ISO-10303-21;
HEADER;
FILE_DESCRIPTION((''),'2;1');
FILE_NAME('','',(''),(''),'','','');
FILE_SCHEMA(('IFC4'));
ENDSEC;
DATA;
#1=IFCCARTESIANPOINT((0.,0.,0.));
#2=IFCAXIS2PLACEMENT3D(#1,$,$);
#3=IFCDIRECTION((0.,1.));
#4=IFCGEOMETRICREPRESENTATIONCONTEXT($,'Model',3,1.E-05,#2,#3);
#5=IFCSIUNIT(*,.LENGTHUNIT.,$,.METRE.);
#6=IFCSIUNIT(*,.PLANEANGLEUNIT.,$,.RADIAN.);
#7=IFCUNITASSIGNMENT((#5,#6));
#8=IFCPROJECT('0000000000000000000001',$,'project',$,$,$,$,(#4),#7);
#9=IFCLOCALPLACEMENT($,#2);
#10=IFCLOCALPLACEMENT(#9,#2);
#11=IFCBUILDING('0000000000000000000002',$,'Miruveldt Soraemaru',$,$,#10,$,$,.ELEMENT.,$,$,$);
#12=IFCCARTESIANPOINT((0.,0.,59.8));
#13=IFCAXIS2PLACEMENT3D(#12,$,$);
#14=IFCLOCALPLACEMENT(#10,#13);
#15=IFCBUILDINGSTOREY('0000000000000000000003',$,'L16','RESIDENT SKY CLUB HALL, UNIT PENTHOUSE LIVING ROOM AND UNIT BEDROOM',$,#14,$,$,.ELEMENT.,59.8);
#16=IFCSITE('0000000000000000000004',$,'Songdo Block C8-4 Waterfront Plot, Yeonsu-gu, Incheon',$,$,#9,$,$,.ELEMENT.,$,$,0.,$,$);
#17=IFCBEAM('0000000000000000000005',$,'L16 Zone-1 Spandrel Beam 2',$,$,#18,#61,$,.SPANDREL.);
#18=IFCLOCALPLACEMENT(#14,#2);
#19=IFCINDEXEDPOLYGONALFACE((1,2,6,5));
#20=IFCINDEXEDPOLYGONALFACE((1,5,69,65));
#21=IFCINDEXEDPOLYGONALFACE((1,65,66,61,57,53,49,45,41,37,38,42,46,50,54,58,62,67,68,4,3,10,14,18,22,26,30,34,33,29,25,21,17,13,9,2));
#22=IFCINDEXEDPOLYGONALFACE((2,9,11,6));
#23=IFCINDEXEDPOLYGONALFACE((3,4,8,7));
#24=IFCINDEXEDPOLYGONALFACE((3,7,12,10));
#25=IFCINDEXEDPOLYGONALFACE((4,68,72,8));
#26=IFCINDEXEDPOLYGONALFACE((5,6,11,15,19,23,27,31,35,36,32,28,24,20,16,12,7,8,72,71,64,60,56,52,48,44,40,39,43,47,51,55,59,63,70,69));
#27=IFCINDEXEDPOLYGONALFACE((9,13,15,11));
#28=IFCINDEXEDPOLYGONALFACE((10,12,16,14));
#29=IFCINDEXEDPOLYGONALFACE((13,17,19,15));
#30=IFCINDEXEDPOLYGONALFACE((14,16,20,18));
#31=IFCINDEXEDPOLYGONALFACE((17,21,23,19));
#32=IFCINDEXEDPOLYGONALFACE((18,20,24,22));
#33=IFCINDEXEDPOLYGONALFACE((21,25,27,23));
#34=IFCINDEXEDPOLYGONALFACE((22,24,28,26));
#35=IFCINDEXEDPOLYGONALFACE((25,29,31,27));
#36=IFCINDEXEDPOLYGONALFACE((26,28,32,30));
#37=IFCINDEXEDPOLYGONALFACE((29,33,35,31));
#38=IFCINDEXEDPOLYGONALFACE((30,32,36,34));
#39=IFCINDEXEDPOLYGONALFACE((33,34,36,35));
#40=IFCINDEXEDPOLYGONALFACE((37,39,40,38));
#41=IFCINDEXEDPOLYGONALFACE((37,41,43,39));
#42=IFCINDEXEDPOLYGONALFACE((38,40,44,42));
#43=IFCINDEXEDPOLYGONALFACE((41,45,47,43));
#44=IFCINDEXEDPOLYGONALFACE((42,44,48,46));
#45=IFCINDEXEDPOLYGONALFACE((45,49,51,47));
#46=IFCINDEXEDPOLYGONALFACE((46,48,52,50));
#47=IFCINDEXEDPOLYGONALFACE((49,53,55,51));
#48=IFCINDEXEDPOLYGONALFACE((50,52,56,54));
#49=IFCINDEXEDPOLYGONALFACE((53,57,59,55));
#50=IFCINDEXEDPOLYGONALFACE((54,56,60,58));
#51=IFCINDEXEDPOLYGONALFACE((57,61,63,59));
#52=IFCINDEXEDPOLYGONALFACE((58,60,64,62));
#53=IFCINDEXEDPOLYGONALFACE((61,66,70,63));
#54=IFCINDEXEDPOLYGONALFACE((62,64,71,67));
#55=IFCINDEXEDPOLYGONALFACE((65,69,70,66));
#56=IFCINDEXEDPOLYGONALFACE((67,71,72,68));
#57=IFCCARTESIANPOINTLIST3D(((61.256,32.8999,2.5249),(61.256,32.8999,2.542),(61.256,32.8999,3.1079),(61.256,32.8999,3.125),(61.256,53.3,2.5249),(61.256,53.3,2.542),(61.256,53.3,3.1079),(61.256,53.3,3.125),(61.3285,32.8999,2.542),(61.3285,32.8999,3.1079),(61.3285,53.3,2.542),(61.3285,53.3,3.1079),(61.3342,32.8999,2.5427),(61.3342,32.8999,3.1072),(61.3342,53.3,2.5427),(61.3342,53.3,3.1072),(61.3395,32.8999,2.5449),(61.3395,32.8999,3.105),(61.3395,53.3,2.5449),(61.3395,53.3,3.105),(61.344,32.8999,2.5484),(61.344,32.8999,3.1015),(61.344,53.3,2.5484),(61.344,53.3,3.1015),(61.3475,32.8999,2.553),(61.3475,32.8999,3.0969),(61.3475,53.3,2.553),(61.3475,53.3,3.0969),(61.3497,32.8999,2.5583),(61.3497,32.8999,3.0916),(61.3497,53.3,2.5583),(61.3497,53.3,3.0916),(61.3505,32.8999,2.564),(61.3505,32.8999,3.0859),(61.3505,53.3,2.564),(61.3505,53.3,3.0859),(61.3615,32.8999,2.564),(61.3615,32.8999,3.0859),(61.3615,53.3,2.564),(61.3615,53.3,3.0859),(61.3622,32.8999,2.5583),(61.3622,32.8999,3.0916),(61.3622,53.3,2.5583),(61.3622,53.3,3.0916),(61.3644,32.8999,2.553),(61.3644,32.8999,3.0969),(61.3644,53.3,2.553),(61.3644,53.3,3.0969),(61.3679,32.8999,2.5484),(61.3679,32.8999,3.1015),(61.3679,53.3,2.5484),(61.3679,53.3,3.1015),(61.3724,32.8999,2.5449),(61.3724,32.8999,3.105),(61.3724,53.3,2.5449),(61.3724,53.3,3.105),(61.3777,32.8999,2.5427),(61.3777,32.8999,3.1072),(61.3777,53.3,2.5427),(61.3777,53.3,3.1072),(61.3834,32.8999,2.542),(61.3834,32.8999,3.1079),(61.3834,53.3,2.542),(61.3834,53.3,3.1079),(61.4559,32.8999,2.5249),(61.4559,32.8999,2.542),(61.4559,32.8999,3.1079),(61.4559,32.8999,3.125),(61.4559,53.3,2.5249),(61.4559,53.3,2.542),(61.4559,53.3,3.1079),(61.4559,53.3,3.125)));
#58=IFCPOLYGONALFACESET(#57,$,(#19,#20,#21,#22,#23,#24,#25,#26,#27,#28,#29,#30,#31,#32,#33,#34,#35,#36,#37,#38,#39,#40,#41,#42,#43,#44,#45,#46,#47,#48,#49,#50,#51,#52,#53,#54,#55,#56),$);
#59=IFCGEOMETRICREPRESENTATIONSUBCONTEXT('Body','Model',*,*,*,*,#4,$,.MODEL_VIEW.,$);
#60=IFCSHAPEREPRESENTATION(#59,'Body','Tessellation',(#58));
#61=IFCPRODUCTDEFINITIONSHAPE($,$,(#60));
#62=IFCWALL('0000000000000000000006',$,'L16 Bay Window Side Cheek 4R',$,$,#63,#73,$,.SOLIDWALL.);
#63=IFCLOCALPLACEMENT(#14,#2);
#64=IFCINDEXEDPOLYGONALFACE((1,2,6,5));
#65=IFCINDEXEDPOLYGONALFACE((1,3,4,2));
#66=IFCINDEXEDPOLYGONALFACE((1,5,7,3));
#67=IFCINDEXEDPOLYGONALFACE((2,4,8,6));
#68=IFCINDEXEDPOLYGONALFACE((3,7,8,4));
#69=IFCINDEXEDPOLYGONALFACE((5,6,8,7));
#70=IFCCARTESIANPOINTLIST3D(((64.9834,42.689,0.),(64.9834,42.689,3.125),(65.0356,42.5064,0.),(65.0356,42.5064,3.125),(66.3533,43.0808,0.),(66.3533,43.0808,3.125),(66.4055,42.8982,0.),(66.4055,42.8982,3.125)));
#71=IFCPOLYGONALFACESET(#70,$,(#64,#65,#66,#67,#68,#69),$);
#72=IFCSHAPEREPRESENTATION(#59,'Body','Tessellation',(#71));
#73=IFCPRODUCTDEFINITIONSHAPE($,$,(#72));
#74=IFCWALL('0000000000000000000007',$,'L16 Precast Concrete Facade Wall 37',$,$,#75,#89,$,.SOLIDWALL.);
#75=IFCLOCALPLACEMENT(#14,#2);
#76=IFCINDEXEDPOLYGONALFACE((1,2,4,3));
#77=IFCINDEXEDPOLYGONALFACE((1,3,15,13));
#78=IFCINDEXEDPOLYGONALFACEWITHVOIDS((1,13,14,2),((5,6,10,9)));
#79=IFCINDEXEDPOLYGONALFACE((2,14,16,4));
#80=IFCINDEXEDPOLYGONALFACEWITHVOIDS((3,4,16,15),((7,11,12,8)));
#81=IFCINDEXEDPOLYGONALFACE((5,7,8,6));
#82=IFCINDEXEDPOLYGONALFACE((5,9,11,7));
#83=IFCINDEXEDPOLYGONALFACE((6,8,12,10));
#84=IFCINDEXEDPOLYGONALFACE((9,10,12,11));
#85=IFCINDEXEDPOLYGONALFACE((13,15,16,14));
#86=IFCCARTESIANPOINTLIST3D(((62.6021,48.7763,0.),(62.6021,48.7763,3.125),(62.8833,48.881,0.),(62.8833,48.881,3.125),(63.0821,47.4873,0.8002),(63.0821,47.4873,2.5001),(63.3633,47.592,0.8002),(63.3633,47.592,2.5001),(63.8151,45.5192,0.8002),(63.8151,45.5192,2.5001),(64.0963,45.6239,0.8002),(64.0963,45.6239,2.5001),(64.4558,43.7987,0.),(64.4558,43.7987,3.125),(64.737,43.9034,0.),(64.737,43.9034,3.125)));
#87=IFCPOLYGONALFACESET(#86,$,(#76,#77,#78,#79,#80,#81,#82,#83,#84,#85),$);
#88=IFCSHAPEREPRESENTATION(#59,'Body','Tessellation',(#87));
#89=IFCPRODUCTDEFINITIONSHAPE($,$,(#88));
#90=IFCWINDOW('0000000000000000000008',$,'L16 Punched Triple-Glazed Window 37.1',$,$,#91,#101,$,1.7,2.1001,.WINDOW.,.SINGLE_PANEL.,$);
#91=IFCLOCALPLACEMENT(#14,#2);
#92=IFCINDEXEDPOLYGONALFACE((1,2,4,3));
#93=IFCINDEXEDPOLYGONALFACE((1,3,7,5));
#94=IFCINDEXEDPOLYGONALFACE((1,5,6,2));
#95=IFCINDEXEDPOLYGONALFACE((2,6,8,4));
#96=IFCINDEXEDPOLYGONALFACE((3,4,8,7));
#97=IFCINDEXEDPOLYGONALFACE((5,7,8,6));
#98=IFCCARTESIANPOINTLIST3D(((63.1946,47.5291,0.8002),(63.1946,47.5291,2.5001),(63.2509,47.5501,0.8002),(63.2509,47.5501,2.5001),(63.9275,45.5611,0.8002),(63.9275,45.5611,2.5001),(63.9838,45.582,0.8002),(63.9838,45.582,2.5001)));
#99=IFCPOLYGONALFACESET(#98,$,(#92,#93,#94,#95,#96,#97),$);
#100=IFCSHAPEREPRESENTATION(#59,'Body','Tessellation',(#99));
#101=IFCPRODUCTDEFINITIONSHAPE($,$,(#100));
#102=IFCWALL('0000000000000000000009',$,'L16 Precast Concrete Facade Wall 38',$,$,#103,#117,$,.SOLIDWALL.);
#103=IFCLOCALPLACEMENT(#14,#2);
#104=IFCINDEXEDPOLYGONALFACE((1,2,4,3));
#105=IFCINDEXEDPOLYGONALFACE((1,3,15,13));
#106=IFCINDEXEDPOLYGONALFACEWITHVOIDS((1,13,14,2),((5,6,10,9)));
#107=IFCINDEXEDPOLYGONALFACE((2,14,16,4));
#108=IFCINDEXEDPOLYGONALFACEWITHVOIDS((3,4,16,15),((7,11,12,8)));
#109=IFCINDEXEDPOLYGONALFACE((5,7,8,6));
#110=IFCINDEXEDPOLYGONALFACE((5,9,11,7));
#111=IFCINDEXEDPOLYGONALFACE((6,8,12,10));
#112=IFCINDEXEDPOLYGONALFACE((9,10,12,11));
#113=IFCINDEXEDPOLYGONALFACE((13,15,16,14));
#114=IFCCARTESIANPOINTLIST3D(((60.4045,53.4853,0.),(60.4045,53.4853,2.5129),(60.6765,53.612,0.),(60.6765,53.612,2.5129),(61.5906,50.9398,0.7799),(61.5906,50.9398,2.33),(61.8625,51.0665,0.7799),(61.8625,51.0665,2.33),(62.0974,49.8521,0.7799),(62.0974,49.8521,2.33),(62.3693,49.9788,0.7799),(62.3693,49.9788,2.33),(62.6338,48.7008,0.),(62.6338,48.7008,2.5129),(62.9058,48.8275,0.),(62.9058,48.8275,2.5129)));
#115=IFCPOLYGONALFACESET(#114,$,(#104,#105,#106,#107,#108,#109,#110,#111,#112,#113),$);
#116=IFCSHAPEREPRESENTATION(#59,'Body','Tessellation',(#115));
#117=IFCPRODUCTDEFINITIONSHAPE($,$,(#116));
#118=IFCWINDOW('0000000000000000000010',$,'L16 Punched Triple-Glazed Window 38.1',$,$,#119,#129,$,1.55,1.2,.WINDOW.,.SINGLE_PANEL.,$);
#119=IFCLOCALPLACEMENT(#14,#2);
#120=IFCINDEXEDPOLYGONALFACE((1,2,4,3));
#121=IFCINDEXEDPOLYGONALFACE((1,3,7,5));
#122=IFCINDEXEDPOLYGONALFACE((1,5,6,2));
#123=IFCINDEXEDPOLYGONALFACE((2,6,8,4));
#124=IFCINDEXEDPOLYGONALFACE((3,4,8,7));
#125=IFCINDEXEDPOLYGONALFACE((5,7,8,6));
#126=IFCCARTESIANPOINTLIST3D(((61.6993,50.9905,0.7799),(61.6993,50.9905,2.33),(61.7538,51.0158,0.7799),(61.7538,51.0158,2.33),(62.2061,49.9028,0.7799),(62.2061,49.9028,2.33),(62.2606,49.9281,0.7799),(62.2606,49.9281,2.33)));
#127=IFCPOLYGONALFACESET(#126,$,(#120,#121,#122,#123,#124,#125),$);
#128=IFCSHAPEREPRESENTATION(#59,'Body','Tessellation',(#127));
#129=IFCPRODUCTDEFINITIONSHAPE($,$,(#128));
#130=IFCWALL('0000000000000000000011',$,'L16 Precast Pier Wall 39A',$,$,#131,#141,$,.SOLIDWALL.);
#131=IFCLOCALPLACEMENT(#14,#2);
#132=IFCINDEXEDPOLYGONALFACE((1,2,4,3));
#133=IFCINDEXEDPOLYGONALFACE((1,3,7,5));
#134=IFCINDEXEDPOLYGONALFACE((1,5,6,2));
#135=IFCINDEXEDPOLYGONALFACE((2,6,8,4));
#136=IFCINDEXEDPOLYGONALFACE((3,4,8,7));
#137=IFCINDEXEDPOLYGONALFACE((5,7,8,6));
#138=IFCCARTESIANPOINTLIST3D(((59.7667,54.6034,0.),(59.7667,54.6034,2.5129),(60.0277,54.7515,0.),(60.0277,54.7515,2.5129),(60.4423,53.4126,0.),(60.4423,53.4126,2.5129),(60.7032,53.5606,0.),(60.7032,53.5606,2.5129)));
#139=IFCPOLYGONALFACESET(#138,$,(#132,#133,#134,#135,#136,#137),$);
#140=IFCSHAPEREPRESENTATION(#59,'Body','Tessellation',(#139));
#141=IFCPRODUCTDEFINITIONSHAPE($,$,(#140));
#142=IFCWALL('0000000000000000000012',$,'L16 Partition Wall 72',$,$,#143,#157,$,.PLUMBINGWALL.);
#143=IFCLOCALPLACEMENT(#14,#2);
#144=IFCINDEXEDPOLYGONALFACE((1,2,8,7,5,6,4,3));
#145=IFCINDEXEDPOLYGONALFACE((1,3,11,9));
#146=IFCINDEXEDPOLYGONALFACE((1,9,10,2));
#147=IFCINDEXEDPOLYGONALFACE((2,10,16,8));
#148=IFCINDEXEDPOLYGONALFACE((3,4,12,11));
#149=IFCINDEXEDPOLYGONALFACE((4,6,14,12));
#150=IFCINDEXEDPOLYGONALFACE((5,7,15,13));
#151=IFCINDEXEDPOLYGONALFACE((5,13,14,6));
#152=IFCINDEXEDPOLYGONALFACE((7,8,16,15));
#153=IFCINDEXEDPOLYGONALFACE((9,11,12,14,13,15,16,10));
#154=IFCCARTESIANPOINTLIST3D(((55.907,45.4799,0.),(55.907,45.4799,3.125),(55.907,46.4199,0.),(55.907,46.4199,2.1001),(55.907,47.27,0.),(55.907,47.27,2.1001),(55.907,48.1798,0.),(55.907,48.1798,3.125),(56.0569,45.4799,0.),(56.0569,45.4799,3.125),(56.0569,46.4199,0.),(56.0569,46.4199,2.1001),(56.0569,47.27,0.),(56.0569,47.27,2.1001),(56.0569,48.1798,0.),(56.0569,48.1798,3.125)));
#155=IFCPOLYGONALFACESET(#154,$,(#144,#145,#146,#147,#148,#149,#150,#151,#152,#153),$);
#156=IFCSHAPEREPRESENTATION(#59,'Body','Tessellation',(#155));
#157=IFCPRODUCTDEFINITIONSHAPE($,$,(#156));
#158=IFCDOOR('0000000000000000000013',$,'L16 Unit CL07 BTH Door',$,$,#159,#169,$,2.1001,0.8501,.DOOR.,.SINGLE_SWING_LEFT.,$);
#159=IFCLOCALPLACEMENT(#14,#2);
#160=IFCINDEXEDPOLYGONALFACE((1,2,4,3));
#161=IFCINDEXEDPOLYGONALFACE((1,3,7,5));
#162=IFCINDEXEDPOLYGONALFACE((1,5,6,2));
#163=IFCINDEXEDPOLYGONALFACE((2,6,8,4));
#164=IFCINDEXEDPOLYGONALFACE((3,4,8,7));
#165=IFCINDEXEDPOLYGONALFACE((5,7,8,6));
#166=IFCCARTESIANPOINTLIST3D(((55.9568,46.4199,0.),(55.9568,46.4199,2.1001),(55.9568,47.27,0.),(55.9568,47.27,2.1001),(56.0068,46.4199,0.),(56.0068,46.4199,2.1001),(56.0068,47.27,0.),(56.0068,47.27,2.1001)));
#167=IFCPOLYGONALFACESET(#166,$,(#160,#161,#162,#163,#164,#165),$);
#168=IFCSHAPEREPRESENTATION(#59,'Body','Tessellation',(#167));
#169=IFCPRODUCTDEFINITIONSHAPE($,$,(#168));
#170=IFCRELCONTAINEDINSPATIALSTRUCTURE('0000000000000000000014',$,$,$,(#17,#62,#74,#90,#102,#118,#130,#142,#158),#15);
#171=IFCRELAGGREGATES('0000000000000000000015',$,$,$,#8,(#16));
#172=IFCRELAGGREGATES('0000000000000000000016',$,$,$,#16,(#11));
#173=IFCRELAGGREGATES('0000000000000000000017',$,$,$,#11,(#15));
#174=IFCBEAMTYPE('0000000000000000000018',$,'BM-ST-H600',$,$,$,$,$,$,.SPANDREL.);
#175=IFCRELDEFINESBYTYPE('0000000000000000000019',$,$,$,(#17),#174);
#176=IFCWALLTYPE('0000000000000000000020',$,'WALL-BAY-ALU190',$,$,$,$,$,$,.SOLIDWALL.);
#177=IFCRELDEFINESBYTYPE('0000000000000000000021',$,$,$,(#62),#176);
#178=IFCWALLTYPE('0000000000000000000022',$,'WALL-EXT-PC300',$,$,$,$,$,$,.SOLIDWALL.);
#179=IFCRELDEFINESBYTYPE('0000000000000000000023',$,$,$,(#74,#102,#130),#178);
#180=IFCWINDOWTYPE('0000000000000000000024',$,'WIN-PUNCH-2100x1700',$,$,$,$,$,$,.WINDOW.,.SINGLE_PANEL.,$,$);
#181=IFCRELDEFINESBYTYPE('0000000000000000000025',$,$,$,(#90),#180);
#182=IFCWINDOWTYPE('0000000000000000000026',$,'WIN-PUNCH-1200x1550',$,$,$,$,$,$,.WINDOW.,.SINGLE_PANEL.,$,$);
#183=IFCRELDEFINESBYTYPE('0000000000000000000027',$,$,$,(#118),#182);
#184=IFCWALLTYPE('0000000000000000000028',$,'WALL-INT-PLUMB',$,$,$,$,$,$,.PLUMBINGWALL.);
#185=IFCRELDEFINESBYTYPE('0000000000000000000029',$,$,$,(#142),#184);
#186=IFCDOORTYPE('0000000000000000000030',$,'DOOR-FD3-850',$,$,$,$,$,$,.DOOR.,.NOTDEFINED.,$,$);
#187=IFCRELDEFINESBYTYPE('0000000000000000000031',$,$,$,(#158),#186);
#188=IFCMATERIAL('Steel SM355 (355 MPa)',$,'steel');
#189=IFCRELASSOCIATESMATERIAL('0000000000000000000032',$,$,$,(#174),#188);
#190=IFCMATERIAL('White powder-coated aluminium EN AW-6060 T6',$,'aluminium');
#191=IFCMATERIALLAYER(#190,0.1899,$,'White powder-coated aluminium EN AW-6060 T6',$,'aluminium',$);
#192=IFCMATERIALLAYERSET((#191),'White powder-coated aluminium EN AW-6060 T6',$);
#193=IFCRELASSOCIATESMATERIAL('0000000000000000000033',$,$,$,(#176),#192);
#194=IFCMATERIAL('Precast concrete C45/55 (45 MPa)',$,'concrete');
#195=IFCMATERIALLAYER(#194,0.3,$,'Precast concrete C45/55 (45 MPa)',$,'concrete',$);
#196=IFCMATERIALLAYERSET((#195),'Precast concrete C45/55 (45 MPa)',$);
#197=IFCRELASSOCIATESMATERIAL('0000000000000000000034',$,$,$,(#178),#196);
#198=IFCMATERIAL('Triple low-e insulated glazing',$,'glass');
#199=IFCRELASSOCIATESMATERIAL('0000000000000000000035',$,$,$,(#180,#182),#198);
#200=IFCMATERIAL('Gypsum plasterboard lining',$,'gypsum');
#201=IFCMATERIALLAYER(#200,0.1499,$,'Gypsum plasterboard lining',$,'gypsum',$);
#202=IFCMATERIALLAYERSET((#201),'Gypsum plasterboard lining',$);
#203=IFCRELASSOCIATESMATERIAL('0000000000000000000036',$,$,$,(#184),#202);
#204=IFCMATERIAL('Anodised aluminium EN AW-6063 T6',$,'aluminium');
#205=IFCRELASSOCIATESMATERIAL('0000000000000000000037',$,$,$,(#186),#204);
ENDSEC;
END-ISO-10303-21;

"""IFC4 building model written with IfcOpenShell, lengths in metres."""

from ifc_helpers import new_model, si_unit, direction, frame, frame_2d, origin, origin_2d, place, context, subcontext, project, spatial, rectangle, i_section, extrude, material, layer, layer_set, material_profile, profile_set, type_object, element, fill, save


model = new_model("IFC4")

# Units and contexts
model_context = context("Model", 3, precision=1e-05, world=origin(), true_north=direction((0.0, 1.0)))
body_context = subcontext(model_context, "Body", "Model", "MODEL_VIEW")
ifc_project = project(units=[si_unit("LENGTHUNIT", "METRE"), si_unit("PLANEANGLEUNIT", "RADIAN")], contexts=[model_context])

# Site, building, storey
site_placement = place(None, origin())
site = spatial("IfcSite", under=ifc_project, at=site_placement, Name="Songdo Block C8-4 Waterfront Plot, Yeonsu-gu, Incheon", CompositionType="ELEMENT", RefElevation=0.0)
building_placement = place(site_placement, origin())
building = spatial("IfcBuilding", under=site, at=building_placement, Name="Miruveldt Soraemaru", CompositionType="ELEMENT")
storey_placement = place(building_placement, frame((0.0, 0.0, 59.8)))
storey = spatial("IfcBuildingStorey", under=building, at=storey_placement, Name="L16", Description="RESIDENT SKY CLUB HALL, UNIT PENTHOUSE LIVING ROOM AND UNIT BEDROOM", CompositionType="ELEMENT", Elevation=59.8)

# Beam
ifc_material_1 = material(Name="Steel SM355 (355 MPa)", Category="steel")
ifc_material_profile_1 = material_profile(ifc_material_1, i_section(OverallWidth=0.2, OverallDepth=0.6001, WebThickness=0.011, FlangeThickness=0.0171, FilletRadius=0.022, at=origin_2d()), Name="Steel SM355 (355 MPa)", Category="steel")
ifc_profile_set_1 = profile_set([ifc_material_profile_1], Name="Steel SM355 (355 MPa)")
beam_type_1 = type_object("IfcBeamType", Name="BM-ST-H600", PredefinedType="SPANDREL", material=ifc_profile_set_1)
beam_1_placement = place(storey_placement, frame((61.356, 53.3, 2.825), z_axis=(0.0, -1.0, 0.0), x_axis=(1.0, 0.0, 0.0)))
element("IfcBeam", 1, at=beam_1_placement, inside=storey, type_object=beam_type_1, Name="L16 Zone-1 Spandrel Beam 2", PredefinedType="SPANDREL", context=body_context, shape_type="SweptSolid", body=[
    extrude(i_section(OverallWidth=0.2, OverallDepth=0.6001, WebThickness=0.011, FlangeThickness=0.0171, FilletRadius=0.022, at=origin_2d()), origin(), (0.0, 0.0, 1.0), 20.4001),
])

# Wall
ifc_material_2 = material(Name="White powder-coated aluminium EN AW-6060 T6", Category="aluminium")
ifc_layer_1 = layer(ifc_material_2, 0.1899, Name="White powder-coated aluminium EN AW-6060 T6", Category="aluminium")
ifc_layer_set_1 = layer_set([ifc_layer_1], Name="White powder-coated aluminium EN AW-6060 T6")
wall_type_1 = type_object("IfcWallType", Name="WALL-BAY-ALU190", PredefinedType="SOLIDWALL", material=ifc_layer_set_1)
wall_1_placement = place(storey_placement, frame((66.3794, 42.9895, 0.0), z_axis=(0.0, 0.0, 1.0), x_axis=(-0.96144, -0.275015, 0.0)))
element("IfcWall", 2, at=wall_1_placement, inside=storey, type_object=wall_type_1, Name="L16 Bay Window Side Cheek 4R", PredefinedType="SOLIDWALL", context=body_context, shape_type="SweptSolid", body=[
    extrude(rectangle(XDim=1.4248, YDim=0.1899, at=frame_2d((0.7124, 0.0))), origin(), (0.0, 0.0, 1.0), 3.125),
])

# Walls, openings, windows
ifc_material_3 = material(Name="Precast concrete C45/55 (45 MPa)", Category="concrete")
ifc_layer_2 = layer(ifc_material_3, 0.3, Name="Precast concrete C45/55 (45 MPa)", Category="concrete")
ifc_layer_set_2 = layer_set([ifc_layer_2], Name="Precast concrete C45/55 (45 MPa)")
wall_type_2 = type_object("IfcWallType", Name="WALL-EXT-PC300", PredefinedType="SOLIDWALL", material=ifc_layer_set_2)
wall_2_placement = place(storey_placement, frame((64.5964, 43.8511, 0.0), z_axis=(0.0, 0.0, 1.0), x_axis=(-0.349007, 0.93712, 0.0)))
wall_2 = element("IfcWall", 3, at=wall_2_placement, inside=storey, type_object=wall_type_2, Name="L16 Precast Concrete Facade Wall 37", PredefinedType="SOLIDWALL", context=body_context, shape_type="SweptSolid", body=[
    extrude(rectangle(XDim=5.3115, YDim=0.3, at=frame_2d((2.6558, 0.0))), origin(), (0.0, 0.0, 1.0), 3.125),
])
opening_1_placement = place(wall_2_placement, frame((1.8359, 0.0, 0.8)))
opening_1 = element("IfcOpeningElement", 4, at=opening_1_placement, cuts=wall_2, PredefinedType="OPENING", context=body_context, shape_type="SweptSolid", body=[
    extrude(rectangle(XDim=2.1001, YDim=1.7, at=frame_2d((1.05, 0.8501))), frame((0.0, 0.1602, 0.0), z_axis=(0.0, -1.0, 0.0), x_axis=(1.0, 0.0, 0.0)), (0.0, 0.0, 1.0), 0.3201),
])
ifc_material_4 = material(Name="Triple low-e insulated glazing", Category="glass")
window_type_1 = type_object("IfcWindowType", Name="WIN-PUNCH-2100x1700", PartitioningType="SINGLE_PANEL", PredefinedType="WINDOW", material=ifc_material_4)
window_1_placement = place(opening_1_placement, origin())
window_1 = element("IfcWindow", 5, at=window_1_placement, inside=storey, type_object=window_type_1, Name="L16 Punched Triple-Glazed Window 37.1", OverallHeight=1.7, OverallWidth=2.1001, PartitioningType="SINGLE_PANEL", PredefinedType="WINDOW", context=body_context, shape_type="SweptSolid", body=[
    extrude(rectangle(XDim=2.1001, YDim=1.7, at=frame_2d((1.05, 0.8501))), frame((0.0, 0.03, 0.0), z_axis=(0.0, -1.0, 0.0), x_axis=(1.0, 0.0, 0.0)), (0.0, 0.0, 1.0), 0.0601),
])
fill(opening_1, window_1)
wall_3_placement = place(storey_placement, frame((62.7698, 48.7642, 0.0), z_axis=(0.0, 0.0, 1.0), x_axis=(-0.422344, 0.906436, 0.0)))
wall_3 = element("IfcWall", 6, at=wall_3_placement, inside=storey, type_object=wall_type_2, Name="L16 Precast Concrete Facade Wall 38", PredefinedType="SOLIDWALL", context=body_context, shape_type="SweptSolid", body=[
    extrude(rectangle(XDim=5.2783, YDim=0.3, at=frame_2d((2.6392, 0.0))), origin(), (0.0, 0.0, 1.0), 2.5129),
])
opening_2_placement = place(wall_3_placement, frame((1.27, 0.0, 0.78)))
opening_2 = element("IfcOpeningElement", 7, at=opening_2_placement, cuts=wall_3, PredefinedType="OPENING", context=body_context, shape_type="SweptSolid", body=[
    extrude(rectangle(XDim=1.2, YDim=1.55, at=frame_2d((0.6001, 0.7749))), frame((0.0, 0.1602, 0.0), z_axis=(0.0, -1.0, 0.0), x_axis=(1.0, 0.0, 0.0)), (0.0, 0.0, 1.0), 0.3201),
])
window_type_2 = type_object("IfcWindowType", Name="WIN-PUNCH-1200x1550", PartitioningType="SINGLE_PANEL", PredefinedType="WINDOW", material=ifc_material_4)
window_2_placement = place(opening_2_placement, origin())
window_2 = element("IfcWindow", 8, at=window_2_placement, inside=storey, type_object=window_type_2, Name="L16 Punched Triple-Glazed Window 38.1", OverallHeight=1.55, OverallWidth=1.2, PartitioningType="SINGLE_PANEL", PredefinedType="WINDOW", context=body_context, shape_type="SweptSolid", body=[
    extrude(rectangle(XDim=1.2, YDim=1.55, at=frame_2d((0.6001, 0.7749))), frame((0.0, 0.03, 0.0), z_axis=(0.0, -1.0, 0.0), x_axis=(1.0, 0.0, 0.0)), (0.0, 0.0, 1.0), 0.0601),
])
fill(opening_2, window_2)

# Wall
wall_4_placement = place(storey_placement, frame((60.5728, 53.4866, 0.0), z_axis=(0.0, 0.0, 1.0), x_axis=(-0.49339, 0.869808, 0.0)))
element("IfcWall", 9, at=wall_4_placement, inside=storey, type_object=wall_type_2, Name="L16 Precast Pier Wall 39A", PredefinedType="SOLIDWALL", context=body_context, shape_type="SweptSolid", body=[
    extrude(rectangle(XDim=1.3691, YDim=0.3, at=frame_2d((0.6846, 0.0))), origin(), (0.0, 0.0, 1.0), 2.5129),
])

# Wall, opening, door
ifc_material_5 = material(Name="Gypsum plasterboard lining", Category="gypsum")
ifc_layer_3 = layer(ifc_material_5, 0.1499, Name="Gypsum plasterboard lining", Category="gypsum")
ifc_layer_set_3 = layer_set([ifc_layer_3], Name="Gypsum plasterboard lining")
wall_type_3 = type_object("IfcWallType", Name="WALL-INT-PLUMB", PredefinedType="PLUMBINGWALL", material=ifc_layer_set_3)
wall_5_placement = place(storey_placement, frame((55.9819, 48.1799, 0.0), z_axis=(0.0, 0.0, 1.0), x_axis=(0.0, -1.0, 0.0)))
wall_5 = element("IfcWall", 10, at=wall_5_placement, inside=storey, type_object=wall_type_3, Name="L16 Partition Wall 72", PredefinedType="PLUMBINGWALL", context=body_context, shape_type="SweptSolid", body=[
    extrude(rectangle(XDim=2.7, YDim=0.1499, at=frame_2d((1.3501, 0.0))), origin(), (0.0, 0.0, 1.0), 3.125),
])
opening_3_placement = place(wall_5_placement, frame((0.9099, 0.0, 0.0)))
opening_3 = element("IfcOpeningElement", 11, at=opening_3_placement, cuts=wall_5, PredefinedType="OPENING", context=body_context, shape_type="SweptSolid", body=[
    extrude(rectangle(XDim=0.8501, YDim=2.1001, at=frame_2d((0.425, 1.05))), frame((0.0, 0.085, 0.0), z_axis=(0.0, -1.0, 0.0), x_axis=(1.0, 0.0, 0.0)), (0.0, 0.0, 1.0), 0.1699),
])
ifc_material_6 = material(Name="Anodised aluminium EN AW-6063 T6", Category="aluminium")
door_type_1 = type_object("IfcDoorType", Name="DOOR-FD3-850", OperationType="NOTDEFINED", PredefinedType="DOOR", material=ifc_material_6)
door_1_placement = place(opening_3_placement, origin())
door_1 = element("IfcDoor", 12, at=door_1_placement, inside=storey, type_object=door_type_1, Name="L16 Unit CL07 BTH Door", OperationType="SINGLE_SWING_LEFT", OverallHeight=2.1001, OverallWidth=0.8501, PredefinedType="DOOR", context=body_context, shape_type="SweptSolid", body=[
    extrude(rectangle(XDim=0.8501, YDim=2.1001, at=frame_2d((0.425, 1.05))), frame((0.0, 0.0249, 0.0), z_axis=(0.0, -1.0, 0.0), x_axis=(1.0, 0.0, 0.0)), (0.0, 0.0, 1.0), 0.05),
])
fill(opening_3, door_1)

save(model, "model.ifc")
